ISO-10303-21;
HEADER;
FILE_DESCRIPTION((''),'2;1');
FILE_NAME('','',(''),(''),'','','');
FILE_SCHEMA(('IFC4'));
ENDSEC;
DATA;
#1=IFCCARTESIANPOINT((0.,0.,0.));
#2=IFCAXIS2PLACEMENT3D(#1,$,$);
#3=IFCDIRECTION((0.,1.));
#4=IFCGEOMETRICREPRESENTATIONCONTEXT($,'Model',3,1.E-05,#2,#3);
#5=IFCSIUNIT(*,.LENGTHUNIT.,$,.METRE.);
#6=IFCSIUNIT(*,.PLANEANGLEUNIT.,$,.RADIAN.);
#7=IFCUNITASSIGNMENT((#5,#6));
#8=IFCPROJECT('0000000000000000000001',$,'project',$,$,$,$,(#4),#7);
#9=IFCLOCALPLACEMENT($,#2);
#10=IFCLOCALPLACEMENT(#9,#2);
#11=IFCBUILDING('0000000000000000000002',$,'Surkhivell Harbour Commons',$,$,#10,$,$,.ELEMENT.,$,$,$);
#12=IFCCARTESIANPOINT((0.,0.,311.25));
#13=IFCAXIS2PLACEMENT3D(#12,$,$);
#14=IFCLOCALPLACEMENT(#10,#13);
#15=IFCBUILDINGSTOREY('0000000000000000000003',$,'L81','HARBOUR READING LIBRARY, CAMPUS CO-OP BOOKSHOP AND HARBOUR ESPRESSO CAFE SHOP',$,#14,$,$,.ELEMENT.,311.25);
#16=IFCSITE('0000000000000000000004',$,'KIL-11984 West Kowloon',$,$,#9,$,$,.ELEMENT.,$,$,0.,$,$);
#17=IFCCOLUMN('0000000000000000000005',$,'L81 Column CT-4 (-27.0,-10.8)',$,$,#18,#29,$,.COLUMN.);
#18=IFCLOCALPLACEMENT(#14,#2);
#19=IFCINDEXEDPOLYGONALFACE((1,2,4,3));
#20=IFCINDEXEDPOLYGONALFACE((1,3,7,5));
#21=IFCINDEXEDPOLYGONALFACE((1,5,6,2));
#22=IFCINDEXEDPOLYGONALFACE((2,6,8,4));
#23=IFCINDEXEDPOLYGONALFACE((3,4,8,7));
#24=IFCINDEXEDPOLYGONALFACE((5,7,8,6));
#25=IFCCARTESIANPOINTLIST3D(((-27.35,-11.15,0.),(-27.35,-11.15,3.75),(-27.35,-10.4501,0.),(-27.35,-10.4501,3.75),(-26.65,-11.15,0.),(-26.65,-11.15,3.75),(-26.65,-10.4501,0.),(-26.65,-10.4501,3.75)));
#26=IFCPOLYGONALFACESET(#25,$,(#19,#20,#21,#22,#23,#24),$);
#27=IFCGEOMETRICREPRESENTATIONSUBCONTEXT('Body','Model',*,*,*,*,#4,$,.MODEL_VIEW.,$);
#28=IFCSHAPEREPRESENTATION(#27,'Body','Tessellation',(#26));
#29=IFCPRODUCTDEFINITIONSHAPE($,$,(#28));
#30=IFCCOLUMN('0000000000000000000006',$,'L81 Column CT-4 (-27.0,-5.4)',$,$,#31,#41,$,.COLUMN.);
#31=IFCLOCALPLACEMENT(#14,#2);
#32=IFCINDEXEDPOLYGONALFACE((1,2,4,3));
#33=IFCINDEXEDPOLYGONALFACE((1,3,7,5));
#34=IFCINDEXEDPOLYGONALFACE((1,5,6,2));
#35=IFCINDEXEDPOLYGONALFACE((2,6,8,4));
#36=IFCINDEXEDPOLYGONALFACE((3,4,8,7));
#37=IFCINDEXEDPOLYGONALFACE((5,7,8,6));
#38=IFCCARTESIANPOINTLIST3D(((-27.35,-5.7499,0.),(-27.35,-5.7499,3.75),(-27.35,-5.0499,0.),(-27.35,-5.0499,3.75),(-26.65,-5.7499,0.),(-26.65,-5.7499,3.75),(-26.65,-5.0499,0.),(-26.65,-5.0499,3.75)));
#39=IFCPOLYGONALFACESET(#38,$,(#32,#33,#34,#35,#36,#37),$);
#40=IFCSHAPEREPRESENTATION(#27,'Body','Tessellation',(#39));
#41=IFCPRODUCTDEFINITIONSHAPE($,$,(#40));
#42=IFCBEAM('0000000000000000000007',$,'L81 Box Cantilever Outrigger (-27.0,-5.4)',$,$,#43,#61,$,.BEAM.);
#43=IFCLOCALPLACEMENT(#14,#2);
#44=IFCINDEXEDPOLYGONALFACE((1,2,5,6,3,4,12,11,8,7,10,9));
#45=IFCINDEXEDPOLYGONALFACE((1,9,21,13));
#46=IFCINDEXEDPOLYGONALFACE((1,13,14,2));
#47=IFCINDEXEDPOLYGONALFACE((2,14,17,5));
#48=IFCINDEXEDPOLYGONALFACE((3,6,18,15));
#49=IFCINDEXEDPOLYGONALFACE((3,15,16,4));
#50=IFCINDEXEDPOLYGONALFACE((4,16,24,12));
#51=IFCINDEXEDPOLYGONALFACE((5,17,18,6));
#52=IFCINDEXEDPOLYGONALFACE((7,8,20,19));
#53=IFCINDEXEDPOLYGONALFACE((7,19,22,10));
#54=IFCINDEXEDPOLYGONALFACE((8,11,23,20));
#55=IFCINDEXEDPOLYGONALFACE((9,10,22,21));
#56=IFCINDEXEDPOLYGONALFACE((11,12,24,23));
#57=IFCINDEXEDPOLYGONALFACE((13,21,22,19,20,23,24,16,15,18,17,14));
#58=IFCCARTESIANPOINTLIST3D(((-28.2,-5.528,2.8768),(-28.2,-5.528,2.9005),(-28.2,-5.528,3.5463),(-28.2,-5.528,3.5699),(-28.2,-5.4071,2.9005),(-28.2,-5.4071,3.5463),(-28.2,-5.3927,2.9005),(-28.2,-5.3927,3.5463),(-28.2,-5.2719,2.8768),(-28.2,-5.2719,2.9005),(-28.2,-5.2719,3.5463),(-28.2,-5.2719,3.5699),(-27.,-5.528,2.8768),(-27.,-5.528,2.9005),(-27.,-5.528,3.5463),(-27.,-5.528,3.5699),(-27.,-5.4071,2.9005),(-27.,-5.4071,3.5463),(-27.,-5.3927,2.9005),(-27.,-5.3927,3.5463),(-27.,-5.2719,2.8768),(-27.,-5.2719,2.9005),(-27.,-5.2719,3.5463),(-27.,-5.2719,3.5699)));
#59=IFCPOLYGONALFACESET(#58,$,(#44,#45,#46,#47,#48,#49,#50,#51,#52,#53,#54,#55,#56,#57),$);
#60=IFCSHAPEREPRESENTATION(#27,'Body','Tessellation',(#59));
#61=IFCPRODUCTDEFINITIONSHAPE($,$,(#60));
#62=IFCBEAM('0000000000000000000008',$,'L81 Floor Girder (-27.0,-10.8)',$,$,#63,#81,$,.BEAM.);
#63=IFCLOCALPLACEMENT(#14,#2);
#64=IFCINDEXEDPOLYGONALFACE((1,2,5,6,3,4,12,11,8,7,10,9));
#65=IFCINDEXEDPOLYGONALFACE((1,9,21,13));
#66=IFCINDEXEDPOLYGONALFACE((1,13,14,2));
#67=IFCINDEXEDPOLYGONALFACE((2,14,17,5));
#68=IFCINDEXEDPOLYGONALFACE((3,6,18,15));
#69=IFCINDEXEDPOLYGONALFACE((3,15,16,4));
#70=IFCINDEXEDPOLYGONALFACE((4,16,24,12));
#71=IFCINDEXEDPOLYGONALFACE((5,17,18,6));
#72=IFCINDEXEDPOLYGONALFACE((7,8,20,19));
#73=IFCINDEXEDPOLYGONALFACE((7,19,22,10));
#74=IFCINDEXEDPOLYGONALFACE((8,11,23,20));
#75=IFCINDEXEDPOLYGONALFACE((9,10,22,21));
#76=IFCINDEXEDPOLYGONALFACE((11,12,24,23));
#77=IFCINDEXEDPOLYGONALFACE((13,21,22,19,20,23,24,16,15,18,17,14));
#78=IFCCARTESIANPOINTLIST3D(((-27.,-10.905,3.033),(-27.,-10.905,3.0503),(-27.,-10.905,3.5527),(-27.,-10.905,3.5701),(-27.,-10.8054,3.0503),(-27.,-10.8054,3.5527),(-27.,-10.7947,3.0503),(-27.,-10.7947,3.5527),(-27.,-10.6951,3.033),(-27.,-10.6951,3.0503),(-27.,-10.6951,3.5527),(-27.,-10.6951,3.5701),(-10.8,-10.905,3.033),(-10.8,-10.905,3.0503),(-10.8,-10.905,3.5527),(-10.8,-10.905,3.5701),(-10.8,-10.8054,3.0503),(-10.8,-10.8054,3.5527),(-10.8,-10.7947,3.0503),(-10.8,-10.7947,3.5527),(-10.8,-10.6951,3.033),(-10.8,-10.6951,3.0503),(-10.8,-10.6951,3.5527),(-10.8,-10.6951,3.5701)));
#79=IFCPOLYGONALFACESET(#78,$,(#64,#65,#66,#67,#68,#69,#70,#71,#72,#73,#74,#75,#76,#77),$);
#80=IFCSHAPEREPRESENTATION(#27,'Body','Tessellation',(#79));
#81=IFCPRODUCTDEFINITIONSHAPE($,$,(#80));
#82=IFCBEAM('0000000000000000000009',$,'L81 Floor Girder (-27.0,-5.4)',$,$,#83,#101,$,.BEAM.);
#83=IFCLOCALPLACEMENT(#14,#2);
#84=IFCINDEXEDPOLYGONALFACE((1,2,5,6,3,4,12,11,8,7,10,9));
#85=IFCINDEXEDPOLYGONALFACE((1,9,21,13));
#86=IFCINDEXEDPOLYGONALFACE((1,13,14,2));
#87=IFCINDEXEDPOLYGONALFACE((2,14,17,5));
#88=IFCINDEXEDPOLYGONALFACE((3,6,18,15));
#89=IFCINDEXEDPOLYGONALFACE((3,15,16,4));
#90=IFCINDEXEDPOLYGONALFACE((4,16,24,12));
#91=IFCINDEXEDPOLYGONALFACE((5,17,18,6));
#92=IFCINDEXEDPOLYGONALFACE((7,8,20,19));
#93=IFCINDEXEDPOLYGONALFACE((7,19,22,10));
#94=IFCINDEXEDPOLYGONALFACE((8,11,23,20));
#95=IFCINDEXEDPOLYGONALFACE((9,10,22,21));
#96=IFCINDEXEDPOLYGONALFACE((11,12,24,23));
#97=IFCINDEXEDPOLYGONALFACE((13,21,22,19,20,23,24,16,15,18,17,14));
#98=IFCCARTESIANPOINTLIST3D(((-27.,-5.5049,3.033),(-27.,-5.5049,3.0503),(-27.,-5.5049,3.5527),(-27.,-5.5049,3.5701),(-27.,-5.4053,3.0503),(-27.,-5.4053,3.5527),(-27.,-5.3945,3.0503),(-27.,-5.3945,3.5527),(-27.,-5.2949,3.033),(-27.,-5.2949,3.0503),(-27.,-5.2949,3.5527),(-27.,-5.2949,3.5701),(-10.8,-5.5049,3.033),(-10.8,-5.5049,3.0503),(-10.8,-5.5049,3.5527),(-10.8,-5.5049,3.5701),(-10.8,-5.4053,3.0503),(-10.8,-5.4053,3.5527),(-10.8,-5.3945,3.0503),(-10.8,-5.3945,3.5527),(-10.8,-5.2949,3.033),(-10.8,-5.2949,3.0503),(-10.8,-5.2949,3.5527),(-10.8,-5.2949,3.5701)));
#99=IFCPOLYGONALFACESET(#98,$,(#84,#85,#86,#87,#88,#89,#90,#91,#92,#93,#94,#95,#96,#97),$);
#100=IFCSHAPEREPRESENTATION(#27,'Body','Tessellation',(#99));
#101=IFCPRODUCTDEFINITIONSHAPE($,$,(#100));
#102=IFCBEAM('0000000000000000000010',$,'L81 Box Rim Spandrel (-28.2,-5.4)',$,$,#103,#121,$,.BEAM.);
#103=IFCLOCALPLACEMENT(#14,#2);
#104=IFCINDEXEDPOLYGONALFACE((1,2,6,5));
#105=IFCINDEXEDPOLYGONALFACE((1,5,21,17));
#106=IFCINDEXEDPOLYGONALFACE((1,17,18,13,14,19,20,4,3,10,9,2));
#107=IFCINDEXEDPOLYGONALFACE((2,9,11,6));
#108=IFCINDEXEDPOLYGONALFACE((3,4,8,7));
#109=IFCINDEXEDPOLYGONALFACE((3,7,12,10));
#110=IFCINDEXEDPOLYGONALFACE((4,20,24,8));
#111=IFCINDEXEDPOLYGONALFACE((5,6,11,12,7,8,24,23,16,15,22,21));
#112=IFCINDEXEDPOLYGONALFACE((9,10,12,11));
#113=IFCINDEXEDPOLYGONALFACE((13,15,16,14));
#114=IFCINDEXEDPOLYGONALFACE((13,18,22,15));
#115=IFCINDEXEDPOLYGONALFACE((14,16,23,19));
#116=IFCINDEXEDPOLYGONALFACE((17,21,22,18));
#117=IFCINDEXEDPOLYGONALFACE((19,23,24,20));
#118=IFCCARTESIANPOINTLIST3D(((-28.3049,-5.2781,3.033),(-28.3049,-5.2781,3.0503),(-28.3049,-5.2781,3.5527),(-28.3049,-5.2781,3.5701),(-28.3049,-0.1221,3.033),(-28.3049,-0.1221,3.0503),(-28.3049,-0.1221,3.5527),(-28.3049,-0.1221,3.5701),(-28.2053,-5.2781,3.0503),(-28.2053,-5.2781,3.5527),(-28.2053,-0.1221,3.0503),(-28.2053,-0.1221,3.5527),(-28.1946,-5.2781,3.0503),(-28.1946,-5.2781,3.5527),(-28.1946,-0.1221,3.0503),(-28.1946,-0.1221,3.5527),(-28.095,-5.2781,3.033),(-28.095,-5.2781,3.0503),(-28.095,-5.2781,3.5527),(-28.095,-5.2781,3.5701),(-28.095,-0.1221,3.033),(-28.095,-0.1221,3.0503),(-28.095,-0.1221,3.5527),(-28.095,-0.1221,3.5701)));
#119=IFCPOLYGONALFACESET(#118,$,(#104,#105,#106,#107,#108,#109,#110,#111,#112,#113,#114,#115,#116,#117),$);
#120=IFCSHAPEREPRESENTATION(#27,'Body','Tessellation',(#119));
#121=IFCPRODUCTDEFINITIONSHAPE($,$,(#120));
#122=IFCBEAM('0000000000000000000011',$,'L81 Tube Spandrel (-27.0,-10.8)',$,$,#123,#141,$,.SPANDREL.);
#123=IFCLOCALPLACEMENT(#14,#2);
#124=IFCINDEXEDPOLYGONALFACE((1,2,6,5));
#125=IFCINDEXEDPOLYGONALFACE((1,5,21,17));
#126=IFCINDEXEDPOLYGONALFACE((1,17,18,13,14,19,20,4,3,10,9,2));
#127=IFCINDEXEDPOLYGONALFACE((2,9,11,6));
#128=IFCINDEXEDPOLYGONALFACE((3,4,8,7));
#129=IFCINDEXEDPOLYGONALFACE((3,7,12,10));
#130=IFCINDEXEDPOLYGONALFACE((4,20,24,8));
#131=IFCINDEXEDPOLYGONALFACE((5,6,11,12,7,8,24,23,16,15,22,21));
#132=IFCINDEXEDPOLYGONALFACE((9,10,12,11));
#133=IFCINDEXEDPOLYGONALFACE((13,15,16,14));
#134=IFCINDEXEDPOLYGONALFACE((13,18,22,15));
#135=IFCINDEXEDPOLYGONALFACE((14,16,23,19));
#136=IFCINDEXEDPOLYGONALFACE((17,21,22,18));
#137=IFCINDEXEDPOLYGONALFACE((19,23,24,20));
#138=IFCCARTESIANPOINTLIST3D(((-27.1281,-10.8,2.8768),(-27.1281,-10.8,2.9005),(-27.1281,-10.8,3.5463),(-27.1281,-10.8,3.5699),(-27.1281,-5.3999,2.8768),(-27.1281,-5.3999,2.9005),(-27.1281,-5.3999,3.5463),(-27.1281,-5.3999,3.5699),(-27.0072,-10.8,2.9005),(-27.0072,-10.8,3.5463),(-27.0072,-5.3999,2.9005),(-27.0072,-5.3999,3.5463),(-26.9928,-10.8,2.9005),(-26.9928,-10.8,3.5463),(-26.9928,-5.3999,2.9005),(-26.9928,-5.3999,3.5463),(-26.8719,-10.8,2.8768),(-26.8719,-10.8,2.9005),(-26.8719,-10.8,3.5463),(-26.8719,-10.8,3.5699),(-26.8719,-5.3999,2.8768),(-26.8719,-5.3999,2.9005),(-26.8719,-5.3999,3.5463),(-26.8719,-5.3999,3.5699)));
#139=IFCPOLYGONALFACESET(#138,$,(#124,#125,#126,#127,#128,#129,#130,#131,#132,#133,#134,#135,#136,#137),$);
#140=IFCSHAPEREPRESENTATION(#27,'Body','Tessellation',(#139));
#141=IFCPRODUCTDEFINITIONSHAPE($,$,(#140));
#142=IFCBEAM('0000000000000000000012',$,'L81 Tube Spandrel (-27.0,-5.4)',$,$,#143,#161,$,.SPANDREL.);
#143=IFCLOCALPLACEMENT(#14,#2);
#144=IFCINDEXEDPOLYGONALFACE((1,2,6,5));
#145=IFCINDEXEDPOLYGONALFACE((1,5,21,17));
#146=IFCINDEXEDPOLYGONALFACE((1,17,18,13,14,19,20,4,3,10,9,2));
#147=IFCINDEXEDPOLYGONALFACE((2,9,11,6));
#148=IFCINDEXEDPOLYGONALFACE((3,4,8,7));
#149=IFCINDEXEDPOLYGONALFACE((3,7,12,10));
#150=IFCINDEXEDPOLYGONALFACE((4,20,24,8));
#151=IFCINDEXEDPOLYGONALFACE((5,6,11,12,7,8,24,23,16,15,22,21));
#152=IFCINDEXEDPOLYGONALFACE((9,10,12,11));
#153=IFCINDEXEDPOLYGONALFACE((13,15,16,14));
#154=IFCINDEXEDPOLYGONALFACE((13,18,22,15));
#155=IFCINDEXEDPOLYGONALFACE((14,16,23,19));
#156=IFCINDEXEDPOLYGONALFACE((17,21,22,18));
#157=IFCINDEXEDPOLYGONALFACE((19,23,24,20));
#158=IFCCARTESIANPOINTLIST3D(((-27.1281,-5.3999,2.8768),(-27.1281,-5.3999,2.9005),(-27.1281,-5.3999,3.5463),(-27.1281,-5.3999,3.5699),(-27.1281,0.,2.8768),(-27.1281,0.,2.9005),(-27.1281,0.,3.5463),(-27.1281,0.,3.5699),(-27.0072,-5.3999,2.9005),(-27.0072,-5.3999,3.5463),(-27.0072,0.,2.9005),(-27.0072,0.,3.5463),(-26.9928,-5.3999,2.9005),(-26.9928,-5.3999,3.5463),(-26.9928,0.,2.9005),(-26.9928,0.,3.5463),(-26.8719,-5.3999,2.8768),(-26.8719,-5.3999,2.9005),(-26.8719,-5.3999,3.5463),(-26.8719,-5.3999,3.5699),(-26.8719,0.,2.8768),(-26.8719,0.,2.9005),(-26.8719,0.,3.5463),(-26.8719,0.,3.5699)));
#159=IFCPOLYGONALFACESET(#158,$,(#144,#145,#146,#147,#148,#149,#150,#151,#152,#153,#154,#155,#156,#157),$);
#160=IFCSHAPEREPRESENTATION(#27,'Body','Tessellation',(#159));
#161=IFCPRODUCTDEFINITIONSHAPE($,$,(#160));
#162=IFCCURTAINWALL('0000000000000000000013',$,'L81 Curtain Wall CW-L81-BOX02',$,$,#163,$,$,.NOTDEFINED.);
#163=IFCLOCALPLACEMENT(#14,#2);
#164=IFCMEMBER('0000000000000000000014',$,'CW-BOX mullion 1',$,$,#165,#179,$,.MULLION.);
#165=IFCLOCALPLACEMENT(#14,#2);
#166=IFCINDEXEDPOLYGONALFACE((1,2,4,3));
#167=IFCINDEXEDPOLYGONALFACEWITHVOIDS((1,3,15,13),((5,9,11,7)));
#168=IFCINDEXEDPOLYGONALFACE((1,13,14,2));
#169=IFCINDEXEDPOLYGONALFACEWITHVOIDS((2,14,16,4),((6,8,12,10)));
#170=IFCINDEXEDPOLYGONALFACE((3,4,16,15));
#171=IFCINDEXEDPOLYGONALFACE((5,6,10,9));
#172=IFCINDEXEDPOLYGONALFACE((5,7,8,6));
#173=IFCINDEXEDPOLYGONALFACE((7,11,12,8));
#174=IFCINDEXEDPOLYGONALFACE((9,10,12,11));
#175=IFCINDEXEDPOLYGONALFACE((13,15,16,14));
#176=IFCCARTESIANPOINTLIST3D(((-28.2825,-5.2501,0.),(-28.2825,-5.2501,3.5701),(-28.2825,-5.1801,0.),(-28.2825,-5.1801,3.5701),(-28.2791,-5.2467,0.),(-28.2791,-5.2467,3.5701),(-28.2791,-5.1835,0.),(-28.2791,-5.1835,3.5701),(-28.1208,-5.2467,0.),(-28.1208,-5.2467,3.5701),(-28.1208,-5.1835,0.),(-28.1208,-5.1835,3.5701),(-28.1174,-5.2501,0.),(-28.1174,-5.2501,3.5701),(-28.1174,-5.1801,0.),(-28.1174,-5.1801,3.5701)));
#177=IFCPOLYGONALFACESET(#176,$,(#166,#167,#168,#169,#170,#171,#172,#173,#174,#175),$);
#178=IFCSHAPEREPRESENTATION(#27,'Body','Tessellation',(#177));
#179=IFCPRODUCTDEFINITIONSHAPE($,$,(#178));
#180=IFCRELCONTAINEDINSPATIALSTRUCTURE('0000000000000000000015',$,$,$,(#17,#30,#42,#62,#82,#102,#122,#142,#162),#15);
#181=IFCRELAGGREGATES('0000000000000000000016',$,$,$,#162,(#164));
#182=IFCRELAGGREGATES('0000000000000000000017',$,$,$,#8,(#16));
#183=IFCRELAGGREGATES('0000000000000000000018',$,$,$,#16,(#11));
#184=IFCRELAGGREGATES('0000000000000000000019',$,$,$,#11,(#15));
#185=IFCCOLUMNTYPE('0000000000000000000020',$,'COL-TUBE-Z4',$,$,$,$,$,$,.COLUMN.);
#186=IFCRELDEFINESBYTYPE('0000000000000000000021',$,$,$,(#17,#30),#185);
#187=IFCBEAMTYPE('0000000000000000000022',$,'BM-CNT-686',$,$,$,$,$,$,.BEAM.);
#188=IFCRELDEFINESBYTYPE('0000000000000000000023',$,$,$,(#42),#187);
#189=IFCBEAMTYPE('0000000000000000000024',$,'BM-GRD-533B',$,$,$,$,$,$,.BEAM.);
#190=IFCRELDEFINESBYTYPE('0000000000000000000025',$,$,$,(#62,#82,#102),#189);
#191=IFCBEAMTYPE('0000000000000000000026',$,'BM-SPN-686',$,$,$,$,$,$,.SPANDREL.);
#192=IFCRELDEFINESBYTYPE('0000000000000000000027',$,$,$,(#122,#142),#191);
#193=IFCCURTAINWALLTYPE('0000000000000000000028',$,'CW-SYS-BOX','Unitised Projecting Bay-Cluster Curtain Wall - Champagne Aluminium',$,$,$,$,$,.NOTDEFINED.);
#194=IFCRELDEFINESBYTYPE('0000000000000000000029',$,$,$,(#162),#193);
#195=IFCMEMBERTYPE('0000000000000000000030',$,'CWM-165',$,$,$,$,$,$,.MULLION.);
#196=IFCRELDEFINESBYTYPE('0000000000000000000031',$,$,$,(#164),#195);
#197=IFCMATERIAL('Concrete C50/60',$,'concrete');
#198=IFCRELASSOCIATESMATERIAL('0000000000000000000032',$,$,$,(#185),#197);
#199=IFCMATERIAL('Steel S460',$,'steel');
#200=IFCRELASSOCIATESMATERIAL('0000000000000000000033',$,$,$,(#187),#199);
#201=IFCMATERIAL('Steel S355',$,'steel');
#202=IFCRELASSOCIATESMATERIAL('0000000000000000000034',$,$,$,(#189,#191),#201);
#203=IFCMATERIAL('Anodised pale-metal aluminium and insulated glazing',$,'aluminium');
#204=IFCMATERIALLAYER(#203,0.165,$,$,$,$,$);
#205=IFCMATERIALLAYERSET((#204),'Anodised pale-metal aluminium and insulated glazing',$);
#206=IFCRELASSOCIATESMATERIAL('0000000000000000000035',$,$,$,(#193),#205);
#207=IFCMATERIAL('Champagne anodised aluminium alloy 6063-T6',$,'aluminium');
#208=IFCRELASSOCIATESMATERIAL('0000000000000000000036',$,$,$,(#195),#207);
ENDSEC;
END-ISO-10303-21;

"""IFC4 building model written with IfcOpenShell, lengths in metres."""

from ifc_helpers import new_model, si_unit, direction, frame, origin, origin_2d, place, context, subcontext, project, spatial, rectangle, hollow_rectangle, i_section, extrude, material, layer, layer_set, material_profile, profile_set, type_object, element, aggregate, save


model = new_model("IFC4")

# Units and contexts
model_context = context("Model", 3, precision=1e-05, world=origin(), true_north=direction((0.0, 1.0)))
body_context = subcontext(model_context, "Body", "Model", "MODEL_VIEW")
ifc_project = project(units=[si_unit("LENGTHUNIT", "METRE"), si_unit("PLANEANGLEUNIT", "RADIAN")], contexts=[model_context])

# Site, building, storey
site_placement = place(None, origin())
site = spatial("IfcSite", under=ifc_project, at=site_placement, Name="KIL-11984 West Kowloon", CompositionType="ELEMENT", RefElevation=0.0)
building_placement = place(site_placement, origin())
building = spatial("IfcBuilding", under=site, at=building_placement, Name="Surkhivell Harbour Commons", CompositionType="ELEMENT")
storey_placement = place(building_placement, frame((0.0, 0.0, 311.25)))
storey = spatial("IfcBuildingStorey", under=building, at=storey_placement, Name="L81", Description="HARBOUR READING LIBRARY, CAMPUS CO-OP BOOKSHOP AND HARBOUR ESPRESSO CAFE SHOP", CompositionType="ELEMENT", Elevation=311.25)

# Columns
ifc_material_1 = material(Name="Concrete C50/60", Category="concrete")
ifc_material_profile_1 = material_profile(ifc_material_1, rectangle(XDim=0.7, YDim=0.7, at=origin_2d()), Name="RC-COL-700x700")
ifc_profile_set_1 = profile_set([ifc_material_profile_1], Name="Concrete C50/60")
column_type = type_object("IfcColumnType", Name="COL-TUBE-Z4", PredefinedType="COLUMN", material=ifc_profile_set_1)
for number, where, z_axis, x_axis, name in (
    (1, (-27.0, -10.8, 0.0), (0.0, 0.0, 1.0), (1.0, 0.0, 0.0), "L81 Column CT-4 (-27.0,-10.8)"),
    (2, (-27.0, -5.3999, 0.0), (0.0, 0.0, 1.0), (1.0, 0.0, 0.0), "L81 Column CT-4 (-27.0,-5.4)"),
):
    element("IfcColumn", number, at=place(storey_placement, frame(where, z_axis=z_axis, x_axis=x_axis)), inside=storey, type_object=column_type, Name=name, PredefinedType="COLUMN", context=body_context, shape_type="SweptSolid", body=[
        extrude(rectangle(XDim=0.7, YDim=0.7, at=origin_2d()), origin(), (0.0, 0.0, 1.0), 3.75),
    ])

# Beams
ifc_material_2 = material(Name="Steel S460", Category="steel")
ifc_material_profile_2 = material_profile(ifc_material_2, i_section(OverallWidth=0.2561, OverallDepth=0.6931, WebThickness=0.0144, FlangeThickness=0.0237, at=origin_2d()), Name="UB686x254x170")
ifc_profile_set_2 = profile_set([ifc_material_profile_2], Name="Steel S460")
beam_type_1 = type_object("IfcBeamType", Name="BM-CNT-686", PredefinedType="BEAM", material=ifc_profile_set_2)
beam_1_placement = place(storey_placement, frame((-27.0, -5.3999, 3.2234), z_axis=(-1.0, 0.0, 0.0), x_axis=(0.0, -1.0, 0.0)))
element("IfcBeam", 3, at=beam_1_placement, inside=storey, type_object=beam_type_1, Name="L81 Box Cantilever Outrigger (-27.0,-5.4)", PredefinedType="BEAM", context=body_context, shape_type="SweptSolid", body=[
    extrude(i_section(OverallWidth=0.2561, OverallDepth=0.6931, WebThickness=0.0144, FlangeThickness=0.0237, at=origin_2d()), origin(), (0.0, 0.0, 1.0), 1.2),
])
ifc_material_3 = material(Name="Steel S355", Category="steel")
ifc_material_profile_3 = material_profile(ifc_material_3, i_section(OverallWidth=0.21, OverallDepth=0.5371, WebThickness=0.0107, FlangeThickness=0.0173, at=origin_2d()), Name="UB533x210x101")
ifc_profile_set_3 = profile_set([ifc_material_profile_3], Name="Steel S355")
beam_type_2 = type_object("IfcBeamType", Name="BM-GRD-533B", PredefinedType="BEAM", material=ifc_profile_set_3)
for number, where, z_axis, x_axis, name in (
    (4, (-27.0, -10.8, 3.3015), (1.0, 0.0, 0.0), (0.0, 1.0, 0.0), "L81 Floor Girder (-27.0,-10.8)"),
    (5, (-27.0, -5.3999, 3.3015), (1.0, 0.0, 0.0), (0.0, 1.0, 0.0), "L81 Floor Girder (-27.0,-5.4)"),
):
    element("IfcBeam", number, at=place(storey_placement, frame(where, z_axis=z_axis, x_axis=x_axis)), inside=storey, type_object=beam_type_2, Name=name, PredefinedType="BEAM", context=body_context, shape_type="SweptSolid", body=[
        extrude(i_section(OverallWidth=0.21, OverallDepth=0.5371, WebThickness=0.0107, FlangeThickness=0.0173, at=origin_2d()), origin(), (0.0, 0.0, 1.0), 16.2),
    ])
beam_2_placement = place(storey_placement, frame((-28.2, -5.2781, 3.3015), z_axis=(0.0, 1.0, 0.0), x_axis=(-1.0, 0.0, 0.0)))
element("IfcBeam", 6, at=beam_2_placement, inside=storey, type_object=beam_type_2, Name="L81 Box Rim Spandrel (-28.2,-5.4)", PredefinedType="BEAM", context=body_context, shape_type="SweptSolid", body=[
    extrude(i_section(OverallWidth=0.21, OverallDepth=0.5371, WebThickness=0.0107, FlangeThickness=0.0173, at=origin_2d()), origin(), (0.0, 0.0, 1.0), 5.156),
])
ifc_material_profile_4 = material_profile(ifc_material_3, i_section(OverallWidth=0.2561, OverallDepth=0.6931, WebThickness=0.0144, FlangeThickness=0.0237, at=origin_2d()), Name="UB686x254x170")
ifc_profile_set_4 = profile_set([ifc_material_profile_4], Name="Steel S355")
beam_type_3 = type_object("IfcBeamType", Name="BM-SPN-686", PredefinedType="SPANDREL", material=ifc_profile_set_4)
beam_3_placement = place(storey_placement, frame((-27.0, -10.8, 3.2234), z_axis=(0.0, 1.0, 0.0), x_axis=(-1.0, 0.0, 0.0)))
element("IfcBeam", 7, at=beam_3_placement, inside=storey, type_object=beam_type_3, Name="L81 Tube Spandrel (-27.0,-10.8)", PredefinedType="SPANDREL", context=body_context, shape_type="SweptSolid", body=[
    extrude(i_section(OverallWidth=0.2561, OverallDepth=0.6931, WebThickness=0.0144, FlangeThickness=0.0237, at=origin_2d()), origin(), (0.0, 0.0, 1.0), 5.4001),
])
beam_4_placement = place(storey_placement, frame((-27.0, -5.3999, 3.2234), z_axis=(0.0, 1.0, 0.0), x_axis=(-1.0, 0.0, 0.0)))
element("IfcBeam", 8, at=beam_4_placement, inside=storey, type_object=beam_type_3, Name="L81 Tube Spandrel (-27.0,-5.4)", PredefinedType="SPANDREL", context=body_context, shape_type="SweptSolid", body=[
    extrude(i_section(OverallWidth=0.2561, OverallDepth=0.6931, WebThickness=0.0144, FlangeThickness=0.0237, at=origin_2d()), origin(), (0.0, 0.0, 1.0), 5.3999),
])

# Curtain wall, member
ifc_material_4 = material(Name="Anodised pale-metal aluminium and insulated glazing", Category="aluminium")
ifc_layer_1 = layer(ifc_material_4, 0.165)
ifc_layer_set_1 = layer_set([ifc_layer_1], Name="Anodised pale-metal aluminium and insulated glazing")
curtain_wall_type_1 = type_object("IfcCurtainWallType", Name="CW-SYS-BOX", Description="Unitised Projecting Bay-Cluster Curtain Wall - Champagne Aluminium", PredefinedType="NOTDEFINED", material=ifc_layer_set_1)
curtain_wall_1_placement = place(storey_placement, origin())
curtain_wall_1 = element("IfcCurtainWall", 9, at=curtain_wall_1_placement, inside=storey, type_object=curtain_wall_type_1, Name="L81 Curtain Wall CW-L81-BOX02", PredefinedType="NOTDEFINED")
ifc_material_5 = material(Name="Champagne anodised aluminium alloy 6063-T6", Category="aluminium")
ifc_material_profile_5 = material_profile(ifc_material_5, hollow_rectangle(XDim=0.0701, YDim=0.165, WallThickness=0.0034, at=origin_2d()), Name="ALU-MULL-70x165")
ifc_profile_set_5 = profile_set([ifc_material_profile_5], Name="Champagne anodised aluminium alloy 6063-T6")
member_type_1 = type_object("IfcMemberType", Name="CWM-165", PredefinedType="MULLION", material=ifc_profile_set_5)
member_1_placement = place(storey_placement, frame((-28.2, -5.2151, 0.0), z_axis=(0.0, 0.0, 1.0), x_axis=(0.0, 1.0, 0.0)))
member_1 = element("IfcMember", 10, at=member_1_placement, type_object=member_type_1, Name="CW-BOX mullion 1", PredefinedType="MULLION", context=body_context, shape_type="SweptSolid", body=[
    extrude(hollow_rectangle(XDim=0.0701, YDim=0.165, WallThickness=0.0034, at=origin_2d()), origin(), (0.0, 0.0, 1.0), 3.5701),
])

aggregate(curtain_wall_1, [member_1])

save(model, "model.ifc")
